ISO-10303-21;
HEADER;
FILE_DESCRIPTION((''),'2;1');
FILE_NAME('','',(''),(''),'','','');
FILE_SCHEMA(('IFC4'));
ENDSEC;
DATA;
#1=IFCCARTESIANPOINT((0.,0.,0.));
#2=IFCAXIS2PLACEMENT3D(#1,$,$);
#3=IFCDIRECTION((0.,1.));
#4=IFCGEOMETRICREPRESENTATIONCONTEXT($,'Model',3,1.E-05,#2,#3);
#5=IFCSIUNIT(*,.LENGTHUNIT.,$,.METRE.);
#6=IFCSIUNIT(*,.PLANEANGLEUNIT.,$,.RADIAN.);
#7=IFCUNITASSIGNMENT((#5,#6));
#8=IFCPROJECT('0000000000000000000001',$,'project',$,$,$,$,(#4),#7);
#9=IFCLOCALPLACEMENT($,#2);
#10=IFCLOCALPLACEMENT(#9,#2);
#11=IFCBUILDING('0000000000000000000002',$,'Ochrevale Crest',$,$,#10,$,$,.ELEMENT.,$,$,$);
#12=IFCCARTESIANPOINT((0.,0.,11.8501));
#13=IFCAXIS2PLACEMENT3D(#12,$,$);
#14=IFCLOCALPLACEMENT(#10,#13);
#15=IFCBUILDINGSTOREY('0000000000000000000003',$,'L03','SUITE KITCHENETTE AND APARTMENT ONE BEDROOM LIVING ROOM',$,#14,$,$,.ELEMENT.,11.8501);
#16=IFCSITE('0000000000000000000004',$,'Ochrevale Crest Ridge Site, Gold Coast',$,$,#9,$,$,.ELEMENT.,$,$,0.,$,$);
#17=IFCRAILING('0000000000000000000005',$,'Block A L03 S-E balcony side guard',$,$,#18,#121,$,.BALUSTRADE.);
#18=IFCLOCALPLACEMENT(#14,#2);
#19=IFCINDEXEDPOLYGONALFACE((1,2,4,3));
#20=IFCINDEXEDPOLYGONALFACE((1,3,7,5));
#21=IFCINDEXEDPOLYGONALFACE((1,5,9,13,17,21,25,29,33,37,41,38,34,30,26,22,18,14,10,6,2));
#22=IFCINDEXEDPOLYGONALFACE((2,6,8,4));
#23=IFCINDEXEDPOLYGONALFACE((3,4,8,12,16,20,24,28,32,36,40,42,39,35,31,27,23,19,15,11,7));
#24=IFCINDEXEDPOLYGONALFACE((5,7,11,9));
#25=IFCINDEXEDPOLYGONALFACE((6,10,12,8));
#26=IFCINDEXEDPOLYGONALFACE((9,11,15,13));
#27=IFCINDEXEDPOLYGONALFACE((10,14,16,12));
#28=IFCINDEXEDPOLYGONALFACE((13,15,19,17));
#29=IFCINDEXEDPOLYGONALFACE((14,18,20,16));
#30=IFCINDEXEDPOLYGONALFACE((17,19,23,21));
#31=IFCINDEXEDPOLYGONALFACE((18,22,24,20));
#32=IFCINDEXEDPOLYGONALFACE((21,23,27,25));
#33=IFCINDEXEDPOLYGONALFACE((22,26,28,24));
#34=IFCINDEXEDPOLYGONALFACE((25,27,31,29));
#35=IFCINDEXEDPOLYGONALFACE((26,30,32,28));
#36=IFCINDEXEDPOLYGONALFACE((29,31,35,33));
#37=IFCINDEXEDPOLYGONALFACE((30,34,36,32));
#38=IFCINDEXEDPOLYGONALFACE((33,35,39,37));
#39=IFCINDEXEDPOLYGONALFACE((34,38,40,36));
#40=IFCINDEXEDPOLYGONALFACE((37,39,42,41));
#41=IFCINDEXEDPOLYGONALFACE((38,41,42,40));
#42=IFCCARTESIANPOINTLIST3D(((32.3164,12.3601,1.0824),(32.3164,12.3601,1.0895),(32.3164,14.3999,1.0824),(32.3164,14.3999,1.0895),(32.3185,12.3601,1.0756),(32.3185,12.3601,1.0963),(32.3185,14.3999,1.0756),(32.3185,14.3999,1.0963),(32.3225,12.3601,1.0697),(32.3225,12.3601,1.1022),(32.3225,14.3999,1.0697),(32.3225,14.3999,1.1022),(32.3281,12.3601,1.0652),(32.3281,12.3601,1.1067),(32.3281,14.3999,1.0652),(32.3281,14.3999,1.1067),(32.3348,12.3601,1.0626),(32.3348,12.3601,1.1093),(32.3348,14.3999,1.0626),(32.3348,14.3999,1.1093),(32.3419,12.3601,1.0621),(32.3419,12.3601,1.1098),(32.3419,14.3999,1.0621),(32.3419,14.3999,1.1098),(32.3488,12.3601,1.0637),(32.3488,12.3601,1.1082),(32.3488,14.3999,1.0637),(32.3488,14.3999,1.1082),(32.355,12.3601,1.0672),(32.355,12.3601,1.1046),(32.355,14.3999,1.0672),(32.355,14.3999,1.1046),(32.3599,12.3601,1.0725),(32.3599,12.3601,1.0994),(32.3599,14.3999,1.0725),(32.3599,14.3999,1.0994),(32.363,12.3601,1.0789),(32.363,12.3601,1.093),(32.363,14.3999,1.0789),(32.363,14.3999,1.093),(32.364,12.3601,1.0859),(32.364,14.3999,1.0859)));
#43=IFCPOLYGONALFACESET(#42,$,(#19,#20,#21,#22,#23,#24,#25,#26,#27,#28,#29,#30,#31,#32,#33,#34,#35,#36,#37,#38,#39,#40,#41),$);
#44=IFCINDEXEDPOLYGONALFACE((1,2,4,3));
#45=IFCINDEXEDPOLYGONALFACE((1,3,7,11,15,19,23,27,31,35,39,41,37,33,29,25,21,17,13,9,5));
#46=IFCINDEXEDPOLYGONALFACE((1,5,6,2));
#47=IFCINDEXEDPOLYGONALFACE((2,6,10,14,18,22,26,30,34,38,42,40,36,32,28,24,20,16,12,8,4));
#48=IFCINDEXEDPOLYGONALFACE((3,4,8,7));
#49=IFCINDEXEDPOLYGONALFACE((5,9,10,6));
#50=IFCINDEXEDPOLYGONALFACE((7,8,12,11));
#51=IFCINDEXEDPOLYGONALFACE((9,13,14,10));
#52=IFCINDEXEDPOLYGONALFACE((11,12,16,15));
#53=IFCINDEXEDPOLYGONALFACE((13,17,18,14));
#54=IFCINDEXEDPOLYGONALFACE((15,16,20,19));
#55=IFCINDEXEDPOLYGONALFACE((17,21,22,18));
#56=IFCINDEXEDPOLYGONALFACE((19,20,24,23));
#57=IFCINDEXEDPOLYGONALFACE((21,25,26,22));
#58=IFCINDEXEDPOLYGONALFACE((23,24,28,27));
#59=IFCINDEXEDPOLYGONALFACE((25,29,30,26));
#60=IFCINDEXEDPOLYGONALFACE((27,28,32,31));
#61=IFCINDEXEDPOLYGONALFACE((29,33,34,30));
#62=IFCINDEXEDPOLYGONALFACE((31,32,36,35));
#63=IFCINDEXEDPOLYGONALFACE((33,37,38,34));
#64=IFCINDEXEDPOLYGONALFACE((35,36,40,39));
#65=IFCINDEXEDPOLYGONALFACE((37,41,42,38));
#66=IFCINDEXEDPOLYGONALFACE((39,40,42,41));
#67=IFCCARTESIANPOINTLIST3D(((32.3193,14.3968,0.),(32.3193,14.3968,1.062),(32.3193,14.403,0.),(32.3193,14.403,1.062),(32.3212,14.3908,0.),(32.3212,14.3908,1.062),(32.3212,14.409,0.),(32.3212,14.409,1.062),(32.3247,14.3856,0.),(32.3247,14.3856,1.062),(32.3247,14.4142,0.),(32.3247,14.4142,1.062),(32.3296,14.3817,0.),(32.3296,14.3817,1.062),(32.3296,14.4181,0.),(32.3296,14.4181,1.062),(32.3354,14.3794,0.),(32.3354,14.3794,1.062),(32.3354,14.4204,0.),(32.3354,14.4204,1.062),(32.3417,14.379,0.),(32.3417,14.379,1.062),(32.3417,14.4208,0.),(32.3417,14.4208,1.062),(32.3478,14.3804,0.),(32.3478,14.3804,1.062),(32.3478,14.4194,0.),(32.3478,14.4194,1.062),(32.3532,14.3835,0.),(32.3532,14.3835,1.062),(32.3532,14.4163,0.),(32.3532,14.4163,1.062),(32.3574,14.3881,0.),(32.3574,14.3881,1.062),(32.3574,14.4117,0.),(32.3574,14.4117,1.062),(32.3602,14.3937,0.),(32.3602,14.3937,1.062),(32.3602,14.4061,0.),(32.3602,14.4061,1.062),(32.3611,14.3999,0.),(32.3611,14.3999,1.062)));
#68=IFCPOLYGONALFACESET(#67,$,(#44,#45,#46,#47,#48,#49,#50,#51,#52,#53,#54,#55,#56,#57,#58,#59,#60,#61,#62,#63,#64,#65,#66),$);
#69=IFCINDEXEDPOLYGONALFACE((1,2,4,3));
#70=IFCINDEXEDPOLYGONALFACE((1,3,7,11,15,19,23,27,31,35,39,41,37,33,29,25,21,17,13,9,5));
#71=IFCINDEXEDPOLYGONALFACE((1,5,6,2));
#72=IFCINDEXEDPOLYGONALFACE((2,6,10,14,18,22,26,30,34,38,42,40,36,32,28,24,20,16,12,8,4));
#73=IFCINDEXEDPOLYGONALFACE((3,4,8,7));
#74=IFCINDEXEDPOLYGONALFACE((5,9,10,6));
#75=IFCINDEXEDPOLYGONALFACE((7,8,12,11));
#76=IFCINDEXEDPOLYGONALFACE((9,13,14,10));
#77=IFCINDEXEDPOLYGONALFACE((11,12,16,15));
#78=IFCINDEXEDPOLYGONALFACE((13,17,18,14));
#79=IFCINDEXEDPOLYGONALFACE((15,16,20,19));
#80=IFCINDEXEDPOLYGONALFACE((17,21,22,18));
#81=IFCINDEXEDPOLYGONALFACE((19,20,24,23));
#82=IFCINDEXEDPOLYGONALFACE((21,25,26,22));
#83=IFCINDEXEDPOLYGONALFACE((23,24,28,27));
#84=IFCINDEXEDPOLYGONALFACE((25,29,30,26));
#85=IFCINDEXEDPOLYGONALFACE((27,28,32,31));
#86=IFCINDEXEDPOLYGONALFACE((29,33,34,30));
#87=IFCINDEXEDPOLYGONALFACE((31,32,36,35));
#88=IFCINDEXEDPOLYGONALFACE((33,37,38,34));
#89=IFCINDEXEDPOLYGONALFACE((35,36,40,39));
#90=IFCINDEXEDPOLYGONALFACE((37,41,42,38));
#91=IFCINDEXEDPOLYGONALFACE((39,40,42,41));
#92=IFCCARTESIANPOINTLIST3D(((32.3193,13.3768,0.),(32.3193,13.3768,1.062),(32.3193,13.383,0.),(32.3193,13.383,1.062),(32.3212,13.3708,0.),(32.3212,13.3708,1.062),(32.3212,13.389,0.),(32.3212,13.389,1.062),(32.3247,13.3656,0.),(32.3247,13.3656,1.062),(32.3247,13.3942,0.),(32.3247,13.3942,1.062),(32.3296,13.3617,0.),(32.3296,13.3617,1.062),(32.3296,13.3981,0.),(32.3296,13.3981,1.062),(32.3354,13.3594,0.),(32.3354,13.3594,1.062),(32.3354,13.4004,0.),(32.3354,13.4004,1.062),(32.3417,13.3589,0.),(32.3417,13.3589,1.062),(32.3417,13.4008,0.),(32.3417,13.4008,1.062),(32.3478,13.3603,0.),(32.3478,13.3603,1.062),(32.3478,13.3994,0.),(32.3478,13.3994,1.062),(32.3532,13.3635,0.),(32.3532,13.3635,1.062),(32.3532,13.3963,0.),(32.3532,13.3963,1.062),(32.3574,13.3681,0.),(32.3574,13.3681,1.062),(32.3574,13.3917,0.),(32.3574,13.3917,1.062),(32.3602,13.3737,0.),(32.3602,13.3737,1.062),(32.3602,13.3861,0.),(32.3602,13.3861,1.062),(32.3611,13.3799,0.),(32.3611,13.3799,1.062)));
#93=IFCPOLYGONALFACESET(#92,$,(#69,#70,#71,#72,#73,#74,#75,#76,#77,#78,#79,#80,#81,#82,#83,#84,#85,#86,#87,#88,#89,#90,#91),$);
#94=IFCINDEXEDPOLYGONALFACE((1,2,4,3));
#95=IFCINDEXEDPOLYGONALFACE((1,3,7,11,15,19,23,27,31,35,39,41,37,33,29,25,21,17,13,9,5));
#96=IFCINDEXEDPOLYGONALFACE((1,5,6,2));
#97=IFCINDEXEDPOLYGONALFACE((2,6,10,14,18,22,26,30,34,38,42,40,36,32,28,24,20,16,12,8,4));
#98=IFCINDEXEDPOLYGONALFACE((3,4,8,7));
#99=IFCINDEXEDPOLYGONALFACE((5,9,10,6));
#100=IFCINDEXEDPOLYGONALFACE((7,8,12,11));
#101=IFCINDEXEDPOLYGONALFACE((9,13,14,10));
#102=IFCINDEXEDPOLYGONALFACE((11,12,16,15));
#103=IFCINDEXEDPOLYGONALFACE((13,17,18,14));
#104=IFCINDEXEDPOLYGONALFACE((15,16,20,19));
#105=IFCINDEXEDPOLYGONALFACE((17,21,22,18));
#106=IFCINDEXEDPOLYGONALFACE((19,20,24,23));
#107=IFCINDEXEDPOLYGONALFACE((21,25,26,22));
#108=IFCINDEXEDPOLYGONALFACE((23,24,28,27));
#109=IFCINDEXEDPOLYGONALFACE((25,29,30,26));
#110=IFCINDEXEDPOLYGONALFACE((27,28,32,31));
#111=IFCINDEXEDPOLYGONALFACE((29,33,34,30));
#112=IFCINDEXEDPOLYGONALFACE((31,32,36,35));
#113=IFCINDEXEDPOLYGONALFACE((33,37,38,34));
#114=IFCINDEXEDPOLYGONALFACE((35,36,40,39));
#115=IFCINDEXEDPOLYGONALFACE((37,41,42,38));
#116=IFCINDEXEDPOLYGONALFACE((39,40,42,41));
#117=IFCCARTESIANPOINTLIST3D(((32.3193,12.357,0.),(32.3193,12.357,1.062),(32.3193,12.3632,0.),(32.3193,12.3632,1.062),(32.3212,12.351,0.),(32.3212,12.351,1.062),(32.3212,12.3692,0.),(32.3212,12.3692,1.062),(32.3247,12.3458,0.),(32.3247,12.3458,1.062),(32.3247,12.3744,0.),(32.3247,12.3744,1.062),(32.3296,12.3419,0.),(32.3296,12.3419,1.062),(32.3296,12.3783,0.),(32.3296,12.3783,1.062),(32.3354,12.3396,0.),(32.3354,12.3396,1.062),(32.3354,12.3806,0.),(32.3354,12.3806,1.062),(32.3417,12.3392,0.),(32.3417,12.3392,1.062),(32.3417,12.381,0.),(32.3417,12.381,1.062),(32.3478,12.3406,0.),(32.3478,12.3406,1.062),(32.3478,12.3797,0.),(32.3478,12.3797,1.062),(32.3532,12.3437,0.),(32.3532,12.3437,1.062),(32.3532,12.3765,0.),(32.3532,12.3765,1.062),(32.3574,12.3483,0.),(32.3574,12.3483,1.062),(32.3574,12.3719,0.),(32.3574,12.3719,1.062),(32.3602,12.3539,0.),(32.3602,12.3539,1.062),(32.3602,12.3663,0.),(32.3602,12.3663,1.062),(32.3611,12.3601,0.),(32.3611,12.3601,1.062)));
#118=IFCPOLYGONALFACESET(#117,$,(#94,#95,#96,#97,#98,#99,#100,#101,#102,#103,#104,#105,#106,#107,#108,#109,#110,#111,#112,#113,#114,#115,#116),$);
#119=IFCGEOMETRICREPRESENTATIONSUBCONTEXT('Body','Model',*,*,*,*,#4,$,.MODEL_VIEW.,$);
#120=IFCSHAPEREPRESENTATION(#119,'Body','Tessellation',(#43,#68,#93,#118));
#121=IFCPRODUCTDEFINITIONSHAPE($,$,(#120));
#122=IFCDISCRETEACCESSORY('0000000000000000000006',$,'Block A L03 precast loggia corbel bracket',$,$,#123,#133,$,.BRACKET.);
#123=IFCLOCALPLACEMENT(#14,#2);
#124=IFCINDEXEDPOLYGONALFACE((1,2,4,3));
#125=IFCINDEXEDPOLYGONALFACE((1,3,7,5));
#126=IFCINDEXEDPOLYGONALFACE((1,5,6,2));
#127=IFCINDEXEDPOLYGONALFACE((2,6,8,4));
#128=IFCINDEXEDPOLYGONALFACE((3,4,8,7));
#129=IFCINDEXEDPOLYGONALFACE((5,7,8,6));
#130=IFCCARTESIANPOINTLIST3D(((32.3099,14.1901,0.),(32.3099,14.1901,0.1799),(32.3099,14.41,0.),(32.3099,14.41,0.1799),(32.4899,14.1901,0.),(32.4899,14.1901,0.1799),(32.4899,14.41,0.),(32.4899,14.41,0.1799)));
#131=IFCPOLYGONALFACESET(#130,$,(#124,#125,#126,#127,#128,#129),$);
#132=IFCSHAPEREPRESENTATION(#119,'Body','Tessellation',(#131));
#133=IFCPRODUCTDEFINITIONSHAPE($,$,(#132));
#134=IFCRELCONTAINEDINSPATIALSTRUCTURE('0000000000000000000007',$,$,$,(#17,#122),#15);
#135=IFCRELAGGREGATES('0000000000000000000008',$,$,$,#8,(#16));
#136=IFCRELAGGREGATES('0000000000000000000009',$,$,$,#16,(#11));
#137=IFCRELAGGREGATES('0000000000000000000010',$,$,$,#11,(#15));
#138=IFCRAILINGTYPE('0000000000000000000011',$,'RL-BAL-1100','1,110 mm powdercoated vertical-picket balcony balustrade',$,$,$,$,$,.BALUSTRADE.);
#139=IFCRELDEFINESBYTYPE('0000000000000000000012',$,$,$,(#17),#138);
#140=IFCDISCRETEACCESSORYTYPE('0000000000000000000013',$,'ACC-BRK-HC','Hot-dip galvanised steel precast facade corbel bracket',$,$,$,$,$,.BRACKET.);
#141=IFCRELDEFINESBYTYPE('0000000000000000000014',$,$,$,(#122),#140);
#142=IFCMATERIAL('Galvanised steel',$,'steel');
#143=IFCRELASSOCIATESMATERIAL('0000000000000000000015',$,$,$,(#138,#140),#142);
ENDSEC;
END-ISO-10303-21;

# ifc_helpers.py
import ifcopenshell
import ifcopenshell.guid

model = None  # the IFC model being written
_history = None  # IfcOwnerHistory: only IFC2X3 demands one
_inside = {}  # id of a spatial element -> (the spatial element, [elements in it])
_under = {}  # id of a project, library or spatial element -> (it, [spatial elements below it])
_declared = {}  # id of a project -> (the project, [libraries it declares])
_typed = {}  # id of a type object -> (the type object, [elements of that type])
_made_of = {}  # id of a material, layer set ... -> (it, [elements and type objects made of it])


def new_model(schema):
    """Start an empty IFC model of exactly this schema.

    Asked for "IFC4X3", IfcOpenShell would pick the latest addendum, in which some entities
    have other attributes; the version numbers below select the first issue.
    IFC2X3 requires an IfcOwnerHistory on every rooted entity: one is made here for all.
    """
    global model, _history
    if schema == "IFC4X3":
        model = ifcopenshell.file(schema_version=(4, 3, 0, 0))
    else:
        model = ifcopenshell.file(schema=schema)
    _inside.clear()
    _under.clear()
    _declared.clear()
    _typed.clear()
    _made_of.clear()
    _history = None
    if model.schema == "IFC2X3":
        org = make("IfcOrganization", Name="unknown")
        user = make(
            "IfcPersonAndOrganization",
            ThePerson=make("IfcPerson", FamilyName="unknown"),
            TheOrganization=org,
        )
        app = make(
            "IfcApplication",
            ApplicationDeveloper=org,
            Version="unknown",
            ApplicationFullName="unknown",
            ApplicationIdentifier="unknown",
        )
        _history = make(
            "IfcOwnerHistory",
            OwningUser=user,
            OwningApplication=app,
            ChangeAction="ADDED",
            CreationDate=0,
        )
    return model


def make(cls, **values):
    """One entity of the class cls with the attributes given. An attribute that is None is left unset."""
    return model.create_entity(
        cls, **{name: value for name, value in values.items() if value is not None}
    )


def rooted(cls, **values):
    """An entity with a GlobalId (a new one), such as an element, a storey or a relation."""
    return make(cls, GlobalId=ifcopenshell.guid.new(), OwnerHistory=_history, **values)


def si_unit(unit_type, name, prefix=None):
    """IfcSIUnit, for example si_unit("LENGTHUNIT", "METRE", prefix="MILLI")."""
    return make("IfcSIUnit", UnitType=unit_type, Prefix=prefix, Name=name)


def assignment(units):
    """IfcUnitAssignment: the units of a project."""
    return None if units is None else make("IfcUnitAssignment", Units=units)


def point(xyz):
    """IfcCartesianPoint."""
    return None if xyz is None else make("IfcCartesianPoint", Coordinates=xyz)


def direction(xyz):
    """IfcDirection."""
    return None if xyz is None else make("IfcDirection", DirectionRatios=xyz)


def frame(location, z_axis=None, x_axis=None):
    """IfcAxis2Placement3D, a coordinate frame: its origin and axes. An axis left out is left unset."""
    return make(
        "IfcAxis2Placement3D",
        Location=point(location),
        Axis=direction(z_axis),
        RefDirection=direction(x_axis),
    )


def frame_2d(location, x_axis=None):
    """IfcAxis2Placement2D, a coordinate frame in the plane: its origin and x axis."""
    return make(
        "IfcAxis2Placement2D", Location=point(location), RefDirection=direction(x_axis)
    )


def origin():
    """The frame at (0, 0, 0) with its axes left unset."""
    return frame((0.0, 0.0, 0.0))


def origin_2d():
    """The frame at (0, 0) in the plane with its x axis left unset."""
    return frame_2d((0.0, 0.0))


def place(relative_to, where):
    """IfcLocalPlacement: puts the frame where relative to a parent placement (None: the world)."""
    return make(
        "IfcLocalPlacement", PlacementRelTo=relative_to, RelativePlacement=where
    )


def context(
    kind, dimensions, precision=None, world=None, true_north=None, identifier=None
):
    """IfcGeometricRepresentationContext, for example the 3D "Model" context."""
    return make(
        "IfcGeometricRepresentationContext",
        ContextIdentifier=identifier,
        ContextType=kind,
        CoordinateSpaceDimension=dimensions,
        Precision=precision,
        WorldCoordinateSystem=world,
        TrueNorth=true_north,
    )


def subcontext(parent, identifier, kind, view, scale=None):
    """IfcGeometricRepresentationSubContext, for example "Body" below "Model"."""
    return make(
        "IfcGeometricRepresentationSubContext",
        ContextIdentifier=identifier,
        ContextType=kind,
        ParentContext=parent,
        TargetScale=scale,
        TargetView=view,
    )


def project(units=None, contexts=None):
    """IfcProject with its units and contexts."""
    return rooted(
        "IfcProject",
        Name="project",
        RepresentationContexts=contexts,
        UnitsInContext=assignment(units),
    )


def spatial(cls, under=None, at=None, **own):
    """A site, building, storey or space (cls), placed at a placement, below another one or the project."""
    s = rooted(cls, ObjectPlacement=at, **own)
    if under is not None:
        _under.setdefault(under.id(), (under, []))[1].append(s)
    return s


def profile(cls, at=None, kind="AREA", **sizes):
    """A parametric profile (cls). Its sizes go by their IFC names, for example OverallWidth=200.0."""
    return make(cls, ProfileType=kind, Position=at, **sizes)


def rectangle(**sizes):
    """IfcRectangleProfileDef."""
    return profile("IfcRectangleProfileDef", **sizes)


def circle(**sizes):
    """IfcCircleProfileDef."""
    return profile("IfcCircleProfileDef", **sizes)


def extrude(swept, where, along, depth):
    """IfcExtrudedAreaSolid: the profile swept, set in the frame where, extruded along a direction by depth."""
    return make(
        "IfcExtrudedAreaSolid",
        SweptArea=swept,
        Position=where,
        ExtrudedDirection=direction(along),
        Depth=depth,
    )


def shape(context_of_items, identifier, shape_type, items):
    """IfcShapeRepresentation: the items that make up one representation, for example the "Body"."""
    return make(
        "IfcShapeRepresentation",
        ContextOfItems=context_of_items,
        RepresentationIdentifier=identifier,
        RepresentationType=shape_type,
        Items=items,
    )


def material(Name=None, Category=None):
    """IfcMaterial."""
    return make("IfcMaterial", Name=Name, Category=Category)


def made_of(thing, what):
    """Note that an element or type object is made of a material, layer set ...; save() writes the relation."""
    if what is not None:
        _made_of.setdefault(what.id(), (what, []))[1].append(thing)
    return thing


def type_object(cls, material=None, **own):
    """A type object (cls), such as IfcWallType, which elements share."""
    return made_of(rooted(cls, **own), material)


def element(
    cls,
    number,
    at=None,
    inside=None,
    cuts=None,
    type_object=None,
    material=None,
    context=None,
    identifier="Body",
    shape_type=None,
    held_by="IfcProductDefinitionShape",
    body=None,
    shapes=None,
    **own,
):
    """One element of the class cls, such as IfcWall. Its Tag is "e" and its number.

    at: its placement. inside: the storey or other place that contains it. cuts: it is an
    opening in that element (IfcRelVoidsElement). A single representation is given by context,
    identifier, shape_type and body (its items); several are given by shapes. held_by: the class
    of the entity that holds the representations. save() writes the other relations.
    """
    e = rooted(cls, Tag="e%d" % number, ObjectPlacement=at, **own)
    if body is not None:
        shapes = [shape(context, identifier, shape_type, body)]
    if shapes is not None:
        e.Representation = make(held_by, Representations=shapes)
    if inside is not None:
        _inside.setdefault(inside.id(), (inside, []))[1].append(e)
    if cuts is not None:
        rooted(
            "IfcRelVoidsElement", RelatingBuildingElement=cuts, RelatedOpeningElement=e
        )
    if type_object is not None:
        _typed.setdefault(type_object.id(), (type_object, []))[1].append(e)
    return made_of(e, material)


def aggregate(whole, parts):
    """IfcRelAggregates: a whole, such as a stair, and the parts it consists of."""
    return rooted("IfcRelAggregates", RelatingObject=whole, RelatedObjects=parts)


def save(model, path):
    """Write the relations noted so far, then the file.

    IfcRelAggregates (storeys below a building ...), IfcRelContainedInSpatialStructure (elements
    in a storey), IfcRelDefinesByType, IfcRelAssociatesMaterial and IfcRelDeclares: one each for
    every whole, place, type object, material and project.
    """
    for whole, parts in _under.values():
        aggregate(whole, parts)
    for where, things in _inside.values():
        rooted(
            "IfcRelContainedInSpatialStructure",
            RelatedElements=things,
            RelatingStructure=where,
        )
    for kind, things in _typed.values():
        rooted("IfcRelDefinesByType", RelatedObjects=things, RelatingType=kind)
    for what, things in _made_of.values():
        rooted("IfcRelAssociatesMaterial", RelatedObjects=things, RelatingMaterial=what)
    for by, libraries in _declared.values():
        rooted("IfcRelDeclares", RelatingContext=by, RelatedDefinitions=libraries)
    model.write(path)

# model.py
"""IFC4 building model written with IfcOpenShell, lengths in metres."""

from ifc_helpers import new_model, si_unit, direction, frame, origin, origin_2d, place, context, subcontext, project, spatial, rectangle, circle, extrude, material, type_object, element, save


model = new_model("IFC4")

# Units and contexts
model_context = context("Model", 3, precision=1e-05, world=origin(), true_north=direction((0.0, 1.0)))
body_context = subcontext(model_context, "Body", "Model", "MODEL_VIEW")
ifc_project = project(units=[si_unit("LENGTHUNIT", "METRE"), si_unit("PLANEANGLEUNIT", "RADIAN")], contexts=[model_context])

# Site, building, storey
site_placement = place(None, origin())
site = spatial("IfcSite", under=ifc_project, at=site_placement, Name="Ochrevale Crest Ridge Site, Gold Coast", CompositionType="ELEMENT", RefElevation=0.0)
building_placement = place(site_placement, origin())
building = spatial("IfcBuilding", under=site, at=building_placement, Name="Ochrevale Crest", CompositionType="ELEMENT")
storey_placement = place(building_placement, frame((0.0, 0.0, 11.8501)))
storey = spatial("IfcBuildingStorey", under=building, at=storey_placement, Name="L03", Description="SUITE KITCHENETTE AND APARTMENT ONE BEDROOM LIVING ROOM", CompositionType="ELEMENT", Elevation=11.8501)

# Railing
ifc_material_1 = material(Name="Galvanised steel", Category="steel")
railing_type = type_object("IfcRailingType", Name="RL-BAL-1100", Description="1,110 mm powdercoated vertical-picket balcony balustrade", PredefinedType="BALUSTRADE", material=ifc_material_1)
railing_placement = place(storey_placement, frame((32.3401, 14.3999, 0.0)))
element("IfcRailing", 1, at=railing_placement, inside=storey, type_object=railing_type, Name="Block A L03 S-E balcony side guard", PredefinedType="BALUSTRADE", context=body_context, shape_type="SweptSolid", body=[
    extrude(circle(Radius=0.0239, at=origin_2d()), frame((0.0, 0.0, 1.0859), z_axis=(0.0, -1.0, 0.0), x_axis=(1.0, 0.0, 0.0)), (0.0, 0.0, 1.0), 2.0398),
    extrude(circle(Radius=0.021, at=origin_2d()), origin(), (0.0, 0.0, 1.0), 1.062),
    extrude(circle(Radius=0.021, at=origin_2d()), frame((0.0, -1.02, 0.0)), (0.0, 0.0, 1.0), 1.062),
    extrude(circle(Radius=0.021, at=origin_2d()), frame((0.0, -2.0398, 0.0)), (0.0, 0.0, 1.0), 1.062),
])

# Discrete accessory
discrete_accessory_type = type_object("IfcDiscreteAccessoryType", Name="ACC-BRK-HC", Description="Hot-dip galvanised steel precast facade corbel bracket", PredefinedType="BRACKET", material=ifc_material_1)
discrete_accessory_placement = place(storey_placement, frame((32.3999, 14.3, 0.0), z_axis=(0.0, 0.0, 1.0), x_axis=(1.0, 0.0, 0.0)))
element("IfcDiscreteAccessory", 2, at=discrete_accessory_placement, inside=storey, type_object=discrete_accessory_type, Name="Block A L03 precast loggia corbel bracket", PredefinedType="BRACKET", context=body_context, shape_type="SweptSolid", body=[
    extrude(rectangle(XDim=0.1799, YDim=0.22, at=origin_2d()), origin(), (0.0, 0.0, 1.0), 0.1799),
])

save(model, "model.ifc")
